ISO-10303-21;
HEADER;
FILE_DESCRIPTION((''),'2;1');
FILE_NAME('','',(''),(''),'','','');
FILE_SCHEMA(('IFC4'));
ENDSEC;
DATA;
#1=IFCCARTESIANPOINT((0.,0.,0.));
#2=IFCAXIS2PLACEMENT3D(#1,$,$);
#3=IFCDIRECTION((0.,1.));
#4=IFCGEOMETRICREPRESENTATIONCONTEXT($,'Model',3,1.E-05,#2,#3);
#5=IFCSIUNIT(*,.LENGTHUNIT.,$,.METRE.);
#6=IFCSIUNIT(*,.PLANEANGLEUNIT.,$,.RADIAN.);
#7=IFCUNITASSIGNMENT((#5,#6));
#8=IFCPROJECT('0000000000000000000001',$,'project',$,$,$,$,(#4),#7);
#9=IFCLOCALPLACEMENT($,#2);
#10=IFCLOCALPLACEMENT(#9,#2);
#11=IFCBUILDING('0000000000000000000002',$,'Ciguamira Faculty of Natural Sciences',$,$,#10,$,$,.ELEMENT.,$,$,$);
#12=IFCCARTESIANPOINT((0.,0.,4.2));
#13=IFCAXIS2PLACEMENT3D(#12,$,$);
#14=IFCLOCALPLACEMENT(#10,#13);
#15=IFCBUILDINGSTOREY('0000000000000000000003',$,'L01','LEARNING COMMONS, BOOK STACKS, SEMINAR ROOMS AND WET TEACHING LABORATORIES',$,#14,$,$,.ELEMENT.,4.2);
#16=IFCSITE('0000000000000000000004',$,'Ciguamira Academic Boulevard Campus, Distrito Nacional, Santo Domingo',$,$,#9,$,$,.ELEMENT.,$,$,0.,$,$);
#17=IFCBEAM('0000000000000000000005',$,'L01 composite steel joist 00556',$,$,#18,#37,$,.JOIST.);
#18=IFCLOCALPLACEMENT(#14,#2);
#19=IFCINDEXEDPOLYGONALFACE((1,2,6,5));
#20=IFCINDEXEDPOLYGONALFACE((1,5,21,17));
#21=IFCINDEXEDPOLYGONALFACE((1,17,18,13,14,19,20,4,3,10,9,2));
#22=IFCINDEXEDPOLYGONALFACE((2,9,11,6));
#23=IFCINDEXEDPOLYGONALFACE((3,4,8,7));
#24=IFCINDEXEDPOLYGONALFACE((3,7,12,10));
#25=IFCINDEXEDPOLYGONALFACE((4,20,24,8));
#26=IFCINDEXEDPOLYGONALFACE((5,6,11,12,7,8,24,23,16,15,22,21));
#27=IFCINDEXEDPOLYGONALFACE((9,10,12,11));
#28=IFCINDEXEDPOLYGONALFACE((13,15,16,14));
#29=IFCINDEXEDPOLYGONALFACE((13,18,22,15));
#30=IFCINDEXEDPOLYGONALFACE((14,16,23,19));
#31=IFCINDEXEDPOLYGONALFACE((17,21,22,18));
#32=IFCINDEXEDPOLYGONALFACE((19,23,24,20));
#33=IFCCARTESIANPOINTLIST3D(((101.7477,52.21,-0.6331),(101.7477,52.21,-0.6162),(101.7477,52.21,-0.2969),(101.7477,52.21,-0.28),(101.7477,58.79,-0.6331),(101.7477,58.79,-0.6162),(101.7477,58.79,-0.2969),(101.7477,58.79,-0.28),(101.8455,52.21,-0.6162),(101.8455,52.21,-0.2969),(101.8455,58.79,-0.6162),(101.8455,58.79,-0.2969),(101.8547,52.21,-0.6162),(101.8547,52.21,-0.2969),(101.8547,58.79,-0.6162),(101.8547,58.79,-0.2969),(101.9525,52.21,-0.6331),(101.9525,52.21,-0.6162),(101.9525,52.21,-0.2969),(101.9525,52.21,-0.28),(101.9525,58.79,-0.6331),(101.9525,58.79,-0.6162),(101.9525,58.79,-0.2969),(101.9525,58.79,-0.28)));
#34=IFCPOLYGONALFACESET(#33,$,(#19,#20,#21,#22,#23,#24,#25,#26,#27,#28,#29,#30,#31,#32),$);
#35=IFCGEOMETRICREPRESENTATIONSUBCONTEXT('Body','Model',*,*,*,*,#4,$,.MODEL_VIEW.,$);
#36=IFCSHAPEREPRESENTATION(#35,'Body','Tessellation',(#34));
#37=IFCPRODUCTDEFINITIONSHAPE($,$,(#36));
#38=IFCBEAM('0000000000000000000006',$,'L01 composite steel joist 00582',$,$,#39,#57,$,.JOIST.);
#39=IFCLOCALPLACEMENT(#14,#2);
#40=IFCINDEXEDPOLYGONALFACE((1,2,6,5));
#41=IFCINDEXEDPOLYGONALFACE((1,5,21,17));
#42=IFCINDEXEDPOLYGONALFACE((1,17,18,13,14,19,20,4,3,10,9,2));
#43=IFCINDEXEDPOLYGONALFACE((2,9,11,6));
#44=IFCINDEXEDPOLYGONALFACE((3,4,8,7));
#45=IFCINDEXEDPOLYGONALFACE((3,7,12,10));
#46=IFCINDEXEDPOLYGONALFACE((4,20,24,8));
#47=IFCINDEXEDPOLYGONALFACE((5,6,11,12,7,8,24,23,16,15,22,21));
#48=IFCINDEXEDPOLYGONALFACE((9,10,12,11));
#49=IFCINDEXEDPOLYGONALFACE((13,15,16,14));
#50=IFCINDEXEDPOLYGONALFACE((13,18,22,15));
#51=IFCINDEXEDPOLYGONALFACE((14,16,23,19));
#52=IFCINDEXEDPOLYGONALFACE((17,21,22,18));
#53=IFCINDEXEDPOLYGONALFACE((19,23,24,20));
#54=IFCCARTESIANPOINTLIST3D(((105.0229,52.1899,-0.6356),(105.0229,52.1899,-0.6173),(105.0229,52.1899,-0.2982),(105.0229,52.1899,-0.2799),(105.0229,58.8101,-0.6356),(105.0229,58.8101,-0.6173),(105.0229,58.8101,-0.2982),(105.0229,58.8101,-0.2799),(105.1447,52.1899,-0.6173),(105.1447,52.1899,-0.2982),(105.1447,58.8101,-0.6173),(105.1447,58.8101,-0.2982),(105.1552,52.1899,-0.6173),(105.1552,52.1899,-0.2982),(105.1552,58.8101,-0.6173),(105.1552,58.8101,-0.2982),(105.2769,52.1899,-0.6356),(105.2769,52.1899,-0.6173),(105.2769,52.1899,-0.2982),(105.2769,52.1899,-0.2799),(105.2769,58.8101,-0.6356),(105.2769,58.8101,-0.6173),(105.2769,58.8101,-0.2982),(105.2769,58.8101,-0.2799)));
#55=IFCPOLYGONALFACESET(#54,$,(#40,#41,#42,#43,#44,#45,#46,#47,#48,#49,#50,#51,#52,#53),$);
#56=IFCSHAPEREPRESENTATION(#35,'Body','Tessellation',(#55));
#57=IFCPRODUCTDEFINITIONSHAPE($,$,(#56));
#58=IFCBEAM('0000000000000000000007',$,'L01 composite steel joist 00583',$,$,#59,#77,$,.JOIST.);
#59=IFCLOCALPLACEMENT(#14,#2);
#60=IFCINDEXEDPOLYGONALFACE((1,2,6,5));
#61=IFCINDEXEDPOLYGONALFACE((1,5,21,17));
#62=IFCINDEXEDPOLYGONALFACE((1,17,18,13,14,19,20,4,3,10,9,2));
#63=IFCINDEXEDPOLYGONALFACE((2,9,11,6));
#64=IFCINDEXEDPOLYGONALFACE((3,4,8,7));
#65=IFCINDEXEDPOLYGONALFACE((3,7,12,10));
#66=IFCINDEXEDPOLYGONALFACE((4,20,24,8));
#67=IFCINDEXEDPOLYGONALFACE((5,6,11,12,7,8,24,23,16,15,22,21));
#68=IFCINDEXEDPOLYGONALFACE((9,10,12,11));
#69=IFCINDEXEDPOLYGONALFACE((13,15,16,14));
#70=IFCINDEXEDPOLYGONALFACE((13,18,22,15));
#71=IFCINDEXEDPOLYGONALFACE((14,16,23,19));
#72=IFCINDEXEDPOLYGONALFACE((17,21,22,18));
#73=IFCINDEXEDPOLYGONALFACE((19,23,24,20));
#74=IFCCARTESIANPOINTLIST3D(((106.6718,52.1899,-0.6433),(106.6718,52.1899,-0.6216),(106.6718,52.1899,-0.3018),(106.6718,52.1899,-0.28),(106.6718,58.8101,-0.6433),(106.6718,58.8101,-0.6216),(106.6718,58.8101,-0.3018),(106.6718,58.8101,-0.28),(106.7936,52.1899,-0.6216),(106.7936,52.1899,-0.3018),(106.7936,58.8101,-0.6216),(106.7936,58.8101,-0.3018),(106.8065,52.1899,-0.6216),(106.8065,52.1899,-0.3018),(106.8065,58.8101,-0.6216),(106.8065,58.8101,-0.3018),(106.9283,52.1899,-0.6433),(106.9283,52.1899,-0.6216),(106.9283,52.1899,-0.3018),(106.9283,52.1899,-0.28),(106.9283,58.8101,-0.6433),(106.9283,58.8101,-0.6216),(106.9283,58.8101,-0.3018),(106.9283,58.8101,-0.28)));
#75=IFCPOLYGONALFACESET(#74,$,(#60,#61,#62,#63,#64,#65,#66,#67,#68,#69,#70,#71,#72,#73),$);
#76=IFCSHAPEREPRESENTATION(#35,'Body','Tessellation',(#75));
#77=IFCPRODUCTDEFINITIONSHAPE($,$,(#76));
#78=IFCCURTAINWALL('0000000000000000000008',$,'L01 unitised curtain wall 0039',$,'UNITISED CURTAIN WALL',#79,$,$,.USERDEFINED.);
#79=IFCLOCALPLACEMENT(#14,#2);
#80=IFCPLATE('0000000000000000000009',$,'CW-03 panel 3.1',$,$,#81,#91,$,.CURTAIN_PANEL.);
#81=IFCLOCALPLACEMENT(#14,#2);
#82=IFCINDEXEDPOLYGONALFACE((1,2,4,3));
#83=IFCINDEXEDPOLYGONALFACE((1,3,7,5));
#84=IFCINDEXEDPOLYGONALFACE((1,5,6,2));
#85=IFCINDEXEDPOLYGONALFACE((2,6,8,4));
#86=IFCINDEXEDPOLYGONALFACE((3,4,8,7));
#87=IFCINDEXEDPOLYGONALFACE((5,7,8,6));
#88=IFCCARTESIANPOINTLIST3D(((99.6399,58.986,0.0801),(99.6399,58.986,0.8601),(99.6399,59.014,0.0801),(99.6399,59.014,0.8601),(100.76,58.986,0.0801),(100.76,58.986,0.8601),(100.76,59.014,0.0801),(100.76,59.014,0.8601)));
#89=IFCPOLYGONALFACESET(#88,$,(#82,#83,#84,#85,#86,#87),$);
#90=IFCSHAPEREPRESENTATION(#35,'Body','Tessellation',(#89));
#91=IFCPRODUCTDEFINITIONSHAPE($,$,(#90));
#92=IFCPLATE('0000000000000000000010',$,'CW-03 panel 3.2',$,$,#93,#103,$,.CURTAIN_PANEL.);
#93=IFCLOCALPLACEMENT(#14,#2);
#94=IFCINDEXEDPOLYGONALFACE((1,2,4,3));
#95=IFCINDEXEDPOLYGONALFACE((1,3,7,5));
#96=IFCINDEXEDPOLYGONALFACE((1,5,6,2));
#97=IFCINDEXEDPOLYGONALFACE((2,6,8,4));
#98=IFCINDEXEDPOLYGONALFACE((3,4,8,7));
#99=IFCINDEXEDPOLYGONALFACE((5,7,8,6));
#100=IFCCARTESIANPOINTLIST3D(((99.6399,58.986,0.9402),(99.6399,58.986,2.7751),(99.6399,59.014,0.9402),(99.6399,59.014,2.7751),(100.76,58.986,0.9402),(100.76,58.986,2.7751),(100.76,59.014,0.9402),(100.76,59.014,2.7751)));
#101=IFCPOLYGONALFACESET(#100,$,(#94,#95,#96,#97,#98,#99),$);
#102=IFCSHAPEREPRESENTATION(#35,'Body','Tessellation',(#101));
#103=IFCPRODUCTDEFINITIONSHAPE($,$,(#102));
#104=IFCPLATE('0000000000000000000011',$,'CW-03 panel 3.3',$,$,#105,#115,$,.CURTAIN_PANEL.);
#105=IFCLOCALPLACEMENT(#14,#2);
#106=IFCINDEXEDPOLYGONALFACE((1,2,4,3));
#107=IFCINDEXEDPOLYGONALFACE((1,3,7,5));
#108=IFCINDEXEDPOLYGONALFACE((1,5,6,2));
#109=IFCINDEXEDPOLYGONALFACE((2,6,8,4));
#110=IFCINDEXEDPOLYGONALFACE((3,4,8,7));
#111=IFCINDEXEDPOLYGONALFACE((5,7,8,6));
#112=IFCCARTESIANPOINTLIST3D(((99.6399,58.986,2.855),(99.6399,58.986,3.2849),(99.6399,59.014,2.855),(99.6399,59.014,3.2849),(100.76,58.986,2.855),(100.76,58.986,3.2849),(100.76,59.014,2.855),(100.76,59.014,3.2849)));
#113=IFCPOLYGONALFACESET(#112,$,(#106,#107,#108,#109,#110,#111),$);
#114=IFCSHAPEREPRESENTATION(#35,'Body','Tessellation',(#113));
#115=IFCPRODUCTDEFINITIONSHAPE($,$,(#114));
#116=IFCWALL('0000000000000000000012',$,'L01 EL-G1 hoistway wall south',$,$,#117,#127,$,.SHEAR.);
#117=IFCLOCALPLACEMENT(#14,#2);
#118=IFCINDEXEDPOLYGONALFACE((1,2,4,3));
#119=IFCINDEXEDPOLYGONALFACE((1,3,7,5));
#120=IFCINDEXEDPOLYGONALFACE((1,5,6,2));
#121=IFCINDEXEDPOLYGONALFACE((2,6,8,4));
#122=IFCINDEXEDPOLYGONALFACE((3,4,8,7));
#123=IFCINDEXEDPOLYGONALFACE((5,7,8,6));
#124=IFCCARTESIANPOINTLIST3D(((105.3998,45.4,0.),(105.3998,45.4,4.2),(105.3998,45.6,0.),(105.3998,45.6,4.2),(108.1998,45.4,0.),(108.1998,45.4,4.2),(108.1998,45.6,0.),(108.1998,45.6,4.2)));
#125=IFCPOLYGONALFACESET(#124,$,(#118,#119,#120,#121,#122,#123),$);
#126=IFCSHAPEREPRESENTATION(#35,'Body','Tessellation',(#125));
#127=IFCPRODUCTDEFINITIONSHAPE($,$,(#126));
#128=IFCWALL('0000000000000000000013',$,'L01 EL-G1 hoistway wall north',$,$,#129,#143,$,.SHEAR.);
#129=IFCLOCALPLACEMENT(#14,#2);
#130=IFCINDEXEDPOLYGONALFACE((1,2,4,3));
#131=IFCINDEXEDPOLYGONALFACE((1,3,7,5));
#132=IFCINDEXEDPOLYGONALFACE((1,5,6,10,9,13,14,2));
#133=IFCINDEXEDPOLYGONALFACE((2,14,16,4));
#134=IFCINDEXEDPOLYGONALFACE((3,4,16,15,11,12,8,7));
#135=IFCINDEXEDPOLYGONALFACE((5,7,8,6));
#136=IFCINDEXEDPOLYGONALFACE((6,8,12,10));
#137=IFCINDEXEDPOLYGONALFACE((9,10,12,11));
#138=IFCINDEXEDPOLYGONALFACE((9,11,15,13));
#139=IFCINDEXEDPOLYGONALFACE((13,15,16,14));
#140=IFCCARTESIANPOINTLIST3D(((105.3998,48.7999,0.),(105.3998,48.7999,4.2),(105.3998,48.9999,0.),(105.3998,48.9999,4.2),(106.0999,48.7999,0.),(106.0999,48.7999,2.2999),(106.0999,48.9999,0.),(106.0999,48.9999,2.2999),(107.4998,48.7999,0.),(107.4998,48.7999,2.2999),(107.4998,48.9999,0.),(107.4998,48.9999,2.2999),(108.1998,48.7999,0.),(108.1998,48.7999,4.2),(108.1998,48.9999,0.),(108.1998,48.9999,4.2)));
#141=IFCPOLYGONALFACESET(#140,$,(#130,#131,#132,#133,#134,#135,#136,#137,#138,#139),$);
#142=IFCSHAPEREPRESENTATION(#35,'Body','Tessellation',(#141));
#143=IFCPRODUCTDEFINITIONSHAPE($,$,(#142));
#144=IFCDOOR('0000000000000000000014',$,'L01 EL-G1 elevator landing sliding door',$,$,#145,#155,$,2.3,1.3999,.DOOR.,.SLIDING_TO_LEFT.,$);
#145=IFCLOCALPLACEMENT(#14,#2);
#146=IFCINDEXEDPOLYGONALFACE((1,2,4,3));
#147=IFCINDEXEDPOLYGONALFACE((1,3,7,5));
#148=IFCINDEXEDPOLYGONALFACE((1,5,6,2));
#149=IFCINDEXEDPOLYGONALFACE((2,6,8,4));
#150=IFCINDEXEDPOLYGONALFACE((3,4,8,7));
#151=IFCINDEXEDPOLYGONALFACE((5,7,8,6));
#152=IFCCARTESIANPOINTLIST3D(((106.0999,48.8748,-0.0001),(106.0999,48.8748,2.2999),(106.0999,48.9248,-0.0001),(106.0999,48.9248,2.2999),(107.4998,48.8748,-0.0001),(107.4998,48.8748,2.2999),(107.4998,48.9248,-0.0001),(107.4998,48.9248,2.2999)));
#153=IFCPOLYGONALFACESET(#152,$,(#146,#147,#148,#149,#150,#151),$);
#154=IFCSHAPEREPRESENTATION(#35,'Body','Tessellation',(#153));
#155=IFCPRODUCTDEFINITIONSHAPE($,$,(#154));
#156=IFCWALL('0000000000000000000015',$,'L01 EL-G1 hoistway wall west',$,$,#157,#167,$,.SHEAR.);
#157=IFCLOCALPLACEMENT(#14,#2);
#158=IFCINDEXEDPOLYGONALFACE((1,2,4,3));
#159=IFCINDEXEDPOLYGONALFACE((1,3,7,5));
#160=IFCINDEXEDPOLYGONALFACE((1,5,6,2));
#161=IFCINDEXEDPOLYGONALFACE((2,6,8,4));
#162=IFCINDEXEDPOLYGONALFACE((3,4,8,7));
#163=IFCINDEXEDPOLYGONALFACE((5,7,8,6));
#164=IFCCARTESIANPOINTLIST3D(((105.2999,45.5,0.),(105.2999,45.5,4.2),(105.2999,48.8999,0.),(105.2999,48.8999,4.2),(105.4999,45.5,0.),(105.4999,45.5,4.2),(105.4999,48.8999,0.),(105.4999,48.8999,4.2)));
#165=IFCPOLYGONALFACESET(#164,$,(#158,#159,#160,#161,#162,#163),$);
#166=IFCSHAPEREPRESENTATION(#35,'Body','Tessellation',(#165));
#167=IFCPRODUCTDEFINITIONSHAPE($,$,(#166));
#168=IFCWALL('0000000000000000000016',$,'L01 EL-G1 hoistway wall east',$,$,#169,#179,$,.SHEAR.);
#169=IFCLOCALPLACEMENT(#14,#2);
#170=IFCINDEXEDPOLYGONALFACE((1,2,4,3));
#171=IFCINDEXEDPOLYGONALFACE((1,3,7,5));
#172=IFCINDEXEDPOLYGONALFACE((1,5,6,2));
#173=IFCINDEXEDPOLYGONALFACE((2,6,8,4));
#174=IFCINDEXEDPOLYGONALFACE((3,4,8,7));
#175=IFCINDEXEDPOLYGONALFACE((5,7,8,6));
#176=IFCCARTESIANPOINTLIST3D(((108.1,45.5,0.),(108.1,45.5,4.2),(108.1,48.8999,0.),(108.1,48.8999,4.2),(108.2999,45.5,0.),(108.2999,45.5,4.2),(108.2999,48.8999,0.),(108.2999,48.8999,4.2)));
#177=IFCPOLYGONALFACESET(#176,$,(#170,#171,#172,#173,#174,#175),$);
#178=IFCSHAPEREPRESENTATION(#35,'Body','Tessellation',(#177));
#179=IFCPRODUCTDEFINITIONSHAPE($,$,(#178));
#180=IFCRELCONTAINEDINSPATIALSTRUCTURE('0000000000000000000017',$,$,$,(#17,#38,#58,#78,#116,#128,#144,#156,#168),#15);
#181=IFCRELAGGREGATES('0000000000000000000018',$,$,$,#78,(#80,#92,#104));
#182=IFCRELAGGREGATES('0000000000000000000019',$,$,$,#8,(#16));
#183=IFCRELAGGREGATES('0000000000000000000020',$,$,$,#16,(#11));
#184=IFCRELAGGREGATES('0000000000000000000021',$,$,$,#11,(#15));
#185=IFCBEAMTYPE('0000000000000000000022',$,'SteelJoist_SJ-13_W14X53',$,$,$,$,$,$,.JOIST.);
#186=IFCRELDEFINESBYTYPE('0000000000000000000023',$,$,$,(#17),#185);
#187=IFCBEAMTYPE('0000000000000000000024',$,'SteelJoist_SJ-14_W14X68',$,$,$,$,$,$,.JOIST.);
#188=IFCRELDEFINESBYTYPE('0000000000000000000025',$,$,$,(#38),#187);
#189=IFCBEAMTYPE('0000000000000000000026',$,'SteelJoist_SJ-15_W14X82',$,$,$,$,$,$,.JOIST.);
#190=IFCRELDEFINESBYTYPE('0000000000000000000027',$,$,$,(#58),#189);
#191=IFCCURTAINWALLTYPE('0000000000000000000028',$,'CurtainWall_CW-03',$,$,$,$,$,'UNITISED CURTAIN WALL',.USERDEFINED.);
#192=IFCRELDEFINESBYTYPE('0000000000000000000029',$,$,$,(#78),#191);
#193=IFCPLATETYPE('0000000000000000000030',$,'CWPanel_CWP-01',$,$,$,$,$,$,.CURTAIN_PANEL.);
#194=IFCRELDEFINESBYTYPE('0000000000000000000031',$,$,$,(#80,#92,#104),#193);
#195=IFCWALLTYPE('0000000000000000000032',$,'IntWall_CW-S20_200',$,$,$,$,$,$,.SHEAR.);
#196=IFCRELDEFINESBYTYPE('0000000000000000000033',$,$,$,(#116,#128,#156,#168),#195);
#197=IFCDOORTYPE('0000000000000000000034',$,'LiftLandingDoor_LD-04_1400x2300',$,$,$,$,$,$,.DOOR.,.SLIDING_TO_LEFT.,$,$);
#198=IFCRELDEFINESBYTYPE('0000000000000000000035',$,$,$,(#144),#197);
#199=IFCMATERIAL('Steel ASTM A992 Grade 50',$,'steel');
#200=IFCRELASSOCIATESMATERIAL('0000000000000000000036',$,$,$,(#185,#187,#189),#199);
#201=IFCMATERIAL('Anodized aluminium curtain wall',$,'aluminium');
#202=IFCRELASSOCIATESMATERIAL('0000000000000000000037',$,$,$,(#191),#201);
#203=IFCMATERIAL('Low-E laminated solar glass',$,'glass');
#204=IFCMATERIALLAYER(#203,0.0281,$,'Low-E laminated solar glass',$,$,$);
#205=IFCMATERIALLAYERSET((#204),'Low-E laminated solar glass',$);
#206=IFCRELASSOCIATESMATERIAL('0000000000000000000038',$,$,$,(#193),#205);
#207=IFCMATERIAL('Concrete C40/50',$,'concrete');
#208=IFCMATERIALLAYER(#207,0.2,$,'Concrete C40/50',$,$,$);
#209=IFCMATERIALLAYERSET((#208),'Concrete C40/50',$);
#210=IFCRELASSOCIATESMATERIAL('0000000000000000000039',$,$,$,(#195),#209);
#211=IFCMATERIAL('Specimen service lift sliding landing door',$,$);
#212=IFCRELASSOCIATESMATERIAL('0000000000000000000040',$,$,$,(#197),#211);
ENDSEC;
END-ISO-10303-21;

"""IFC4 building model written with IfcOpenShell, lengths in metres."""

from ifc_helpers import new_model, si_unit, direction, frame, frame_2d, origin, origin_2d, place, context, subcontext, project, spatial, rectangle, i_section, extrude, material, layer, layer_set, material_profile, profile_set, type_object, element, fill, aggregate, save


model = new_model("IFC4")

# Units and contexts
model_context = context("Model", 3, precision=1e-05, world=origin(), true_north=direction((0.0, 1.0)))
body_context = subcontext(model_context, "Body", "Model", "MODEL_VIEW")
ifc_project = project(units=[si_unit("LENGTHUNIT", "METRE"), si_unit("PLANEANGLEUNIT", "RADIAN")], contexts=[model_context])

# Site, building, storey
site_placement = place(None, origin())
site = spatial("IfcSite", under=ifc_project, at=site_placement, Name="Ciguamira Academic Boulevard Campus, Distrito Nacional, Santo Domingo", CompositionType="ELEMENT", RefElevation=0.0)
building_placement = place(site_placement, origin())
building = spatial("IfcBuilding", under=site, at=building_placement, Name="Ciguamira Faculty of Natural Sciences", CompositionType="ELEMENT")
storey_placement = place(building_placement, frame((0.0, 0.0, 4.2)))
storey = spatial("IfcBuildingStorey", under=building, at=storey_placement, Name="L01", Description="LEARNING COMMONS, BOOK STACKS, SEMINAR ROOMS AND WET TEACHING LABORATORIES", CompositionType="ELEMENT", Elevation=4.2)

# Shared definitions
ifc_material_1 = material(Name="Concrete C40/50", Category="concrete")

# Beams
ifc_material_2 = material(Name="Steel ASTM A992 Grade 50", Category="steel")
ifc_material_profile_1 = material_profile(ifc_material_2, i_section(OverallWidth=0.2048, OverallDepth=0.353, WebThickness=0.0093, FlangeThickness=0.0168, at=origin_2d()), Name="W14X53")
ifc_profile_set_1 = profile_set([ifc_material_profile_1], Name="Steel ASTM A992 Grade 50")
beam_type_1 = type_object("IfcBeamType", Name="SteelJoist_SJ-13_W14X53", PredefinedType="JOIST", material=ifc_profile_set_1)
beam_1_placement = place(storey_placement, frame((101.8501, 52.21, -0.4565), z_axis=(0.0, 1.0, 0.0), x_axis=(-1.0, 0.0, 0.0)))
element("IfcBeam", 1, at=beam_1_placement, inside=storey, type_object=beam_type_1, Name="L01 composite steel joist 00556", PredefinedType="JOIST", context=body_context, shape_type="SweptSolid", body=[
    extrude(i_section(OverallWidth=0.2048, OverallDepth=0.353, WebThickness=0.0093, FlangeThickness=0.0168, at=origin_2d()), origin(), (0.0, 0.0, 1.0), 6.5801),
])
ifc_material_profile_2 = material_profile(ifc_material_2, i_section(OverallWidth=0.2539, OverallDepth=0.3557, WebThickness=0.0105, FlangeThickness=0.0183, at=origin_2d()), Name="W14X68")
ifc_profile_set_2 = profile_set([ifc_material_profile_2], Name="Steel ASTM A992 Grade 50")
beam_type_2 = type_object("IfcBeamType", Name="SteelJoist_SJ-14_W14X68", PredefinedType="JOIST", material=ifc_profile_set_2)
beam_2_placement = place(storey_placement, frame((105.1499, 52.1899, -0.4578), z_axis=(0.0, 1.0, 0.0), x_axis=(-1.0, 0.0, 0.0)))
element("IfcBeam", 2, at=beam_2_placement, inside=storey, type_object=beam_type_2, Name="L01 composite steel joist 00582", PredefinedType="JOIST", context=body_context, shape_type="SweptSolid", body=[
    extrude(i_section(OverallWidth=0.2539, OverallDepth=0.3557, WebThickness=0.0105, FlangeThickness=0.0183, at=origin_2d()), origin(), (0.0, 0.0, 1.0), 6.6201),
])
ifc_material_profile_3 = material_profile(ifc_material_2, i_section(OverallWidth=0.2566, OverallDepth=0.3633, WebThickness=0.0129, FlangeThickness=0.0217, at=origin_2d()), Name="W14X82")
ifc_profile_set_3 = profile_set([ifc_material_profile_3], Name="Steel ASTM A992 Grade 50")
beam_type_3 = type_object("IfcBeamType", Name="SteelJoist_SJ-15_W14X82", PredefinedType="JOIST", material=ifc_profile_set_3)
beam_3_placement = place(storey_placement, frame((106.8, 52.1899, -0.4617), z_axis=(0.0, 1.0, 0.0), x_axis=(-1.0, 0.0, 0.0)))
element("IfcBeam", 3, at=beam_3_placement, inside=storey, type_object=beam_type_3, Name="L01 composite steel joist 00583", PredefinedType="JOIST", context=body_context, shape_type="SweptSolid", body=[
    extrude(i_section(OverallWidth=0.2566, OverallDepth=0.3633, WebThickness=0.0129, FlangeThickness=0.0217, at=origin_2d()), origin(), (0.0, 0.0, 1.0), 6.6201),
])

# Curtain wall, plates
ifc_material_3 = material(Name="Anodized aluminium curtain wall", Category="aluminium")
curtain_wall_type = type_object("IfcCurtainWallType", Name="CurtainWall_CW-03", ElementType="UNITISED CURTAIN WALL", PredefinedType="USERDEFINED", material=ifc_material_3)
curtain_wall_placement = place(storey_placement, origin())
curtain_wall = element("IfcCurtainWall", 4, at=curtain_wall_placement, inside=storey, type_object=curtain_wall_type, Name="L01 unitised curtain wall 0039", ObjectType="UNITISED CURTAIN WALL", PredefinedType="USERDEFINED")
ifc_material_4 = material(Name="Low-E laminated solar glass", Category="glass")
ifc_layer_1 = layer(ifc_material_4, 0.0281, Name="Low-E laminated solar glass")
ifc_layer_set_1 = layer_set([ifc_layer_1], Name="Low-E laminated solar glass")
plate_type = type_object("IfcPlateType", Name="CWPanel_CWP-01", PredefinedType="CURTAIN_PANEL", material=ifc_layer_set_1)
plate_1_placement = place(storey_placement, frame((100.2, 59.0, 0.0801), z_axis=(0.0, 0.0, 1.0), x_axis=(1.0, 0.0, 0.0)))
plate_1 = element("IfcPlate", 5, at=plate_1_placement, type_object=plate_type, Name="CW-03 panel 3.1", PredefinedType="CURTAIN_PANEL", context=body_context, shape_type="SweptSolid", body=[
    extrude(rectangle(XDim=1.1201, YDim=0.0281, at=origin_2d()), origin(), (0.0, 0.0, 1.0), 0.78),
])
plate_2_placement = place(storey_placement, frame((100.2, 59.0, 0.9402), z_axis=(0.0, 0.0, 1.0), x_axis=(1.0, 0.0, 0.0)))
plate_2 = element("IfcPlate", 6, at=plate_2_placement, type_object=plate_type, Name="CW-03 panel 3.2", PredefinedType="CURTAIN_PANEL", context=body_context, shape_type="SweptSolid", body=[
    extrude(rectangle(XDim=1.1201, YDim=0.0281, at=origin_2d()), origin(), (0.0, 0.0, 1.0), 1.835),
])
plate_3_placement = place(storey_placement, frame((100.2, 59.0, 2.855), z_axis=(0.0, 0.0, 1.0), x_axis=(1.0, 0.0, 0.0)))
plate_3 = element("IfcPlate", 7, at=plate_3_placement, type_object=plate_type, Name="CW-03 panel 3.3", PredefinedType="CURTAIN_PANEL", context=body_context, shape_type="SweptSolid", body=[
    extrude(rectangle(XDim=1.1201, YDim=0.0281, at=origin_2d()), origin(), (0.0, 0.0, 1.0), 0.4299),
])
aggregate(curtain_wall, [plate_1, plate_2, plate_3])

# Wall
ifc_layer_2 = layer(ifc_material_1, 0.2, Name="Concrete C40/50")
ifc_layer_set_2 = layer_set([ifc_layer_2], Name="Concrete C40/50")
wall_type_1 = type_object("IfcWallType", Name="IntWall_CW-S20_200", PredefinedType="SHEAR", material=ifc_layer_set_2)
wall_1_placement = place(storey_placement, frame((105.3999, 45.5, 0.0), z_axis=(0.0, 0.0, 1.0), x_axis=(1.0, 0.0, 0.0)))
element("IfcWall", 8, at=wall_1_placement, inside=storey, type_object=wall_type_1, Name="L01 EL-G1 hoistway wall south", PredefinedType="SHEAR", context=body_context, shape_type="SweptSolid", body=[
    extrude(rectangle(XDim=2.8, YDim=0.2, at=frame_2d((1.3999, 0.0))), origin(), (0.0, 0.0, 1.0), 4.2),
])

# Wall, opening, door
wall_2_placement = place(storey_placement, frame((105.3999, 48.8999, 0.0), z_axis=(0.0, 0.0, 1.0), x_axis=(1.0, 0.0, 0.0)))
wall_2 = element("IfcWall", 9, at=wall_2_placement, inside=storey, type_object=wall_type_1, Name="L01 EL-G1 hoistway wall north", PredefinedType="SHEAR", context=body_context, shape_type="SweptSolid", body=[
    extrude(rectangle(XDim=2.8, YDim=0.2, at=frame_2d((1.3999, 0.0))), origin(), (0.0, 0.0, 1.0), 4.2),
])
opening_placement = place(wall_2_placement, frame((0.7, 0.0, 0.0)))
opening = element("IfcOpeningElement", 10, at=opening_placement, cuts=wall_2, PredefinedType="OPENING", context=body_context, shape_type="SweptSolid", body=[
    extrude(rectangle(XDim=1.3999, YDim=2.3, at=frame_2d((0.7, 1.1499))), frame((0.0, 0.1099, 0.0), z_axis=(0.0, -1.0, 0.0), x_axis=(1.0, 0.0, 0.0)), (0.0, 0.0, 1.0), 0.22),
])
ifc_material_5 = material(Name="Specimen service lift sliding landing door")
door_type = type_object("IfcDoorType", Name="LiftLandingDoor_LD-04_1400x2300", OperationType="SLIDING_TO_LEFT", PredefinedType="DOOR", material=ifc_material_5)
door_placement = place(opening_placement, origin())
door = element("IfcDoor", 11, at=door_placement, inside=storey, type_object=door_type, Name="L01 EL-G1 elevator landing sliding door", OperationType="SLIDING_TO_LEFT", OverallHeight=2.3, OverallWidth=1.3999, PredefinedType="DOOR", context=body_context, shape_type="SweptSolid", body=[
    extrude(rectangle(XDim=1.3999, YDim=2.3, at=frame_2d((0.7, 1.1499))), frame((0.0, 0.0249, 0.0), z_axis=(0.0, -1.0, 0.0), x_axis=(1.0, 0.0, 0.0)), (0.0, 0.0, 1.0), 0.05),
])
fill(opening, door)

# Walls
for number, where, z_axis, x_axis, name in (
    (12, (105.3999, 45.5, 0.0), (0.0, 0.0, 1.0), (0.0, 1.0, 0.0), "L01 EL-G1 hoistway wall west"),
    (13, (108.2, 45.5, 0.0), (0.0, 0.0, 1.0), (0.0, 1.0, 0.0), "L01 EL-G1 hoistway wall east"),
):
    element("IfcWall", number, at=place(storey_placement, frame(where, z_axis=z_axis, x_axis=x_axis)), inside=storey, type_object=wall_type_1, Name=name, PredefinedType="SHEAR", context=body_context, shape_type="SweptSolid", body=[
        extrude(rectangle(XDim=3.3999, YDim=0.2, at=frame_2d((1.7, 0.0))), origin(), (0.0, 0.0, 1.0), 4.2),
    ])

save(model, "model.ifc")
